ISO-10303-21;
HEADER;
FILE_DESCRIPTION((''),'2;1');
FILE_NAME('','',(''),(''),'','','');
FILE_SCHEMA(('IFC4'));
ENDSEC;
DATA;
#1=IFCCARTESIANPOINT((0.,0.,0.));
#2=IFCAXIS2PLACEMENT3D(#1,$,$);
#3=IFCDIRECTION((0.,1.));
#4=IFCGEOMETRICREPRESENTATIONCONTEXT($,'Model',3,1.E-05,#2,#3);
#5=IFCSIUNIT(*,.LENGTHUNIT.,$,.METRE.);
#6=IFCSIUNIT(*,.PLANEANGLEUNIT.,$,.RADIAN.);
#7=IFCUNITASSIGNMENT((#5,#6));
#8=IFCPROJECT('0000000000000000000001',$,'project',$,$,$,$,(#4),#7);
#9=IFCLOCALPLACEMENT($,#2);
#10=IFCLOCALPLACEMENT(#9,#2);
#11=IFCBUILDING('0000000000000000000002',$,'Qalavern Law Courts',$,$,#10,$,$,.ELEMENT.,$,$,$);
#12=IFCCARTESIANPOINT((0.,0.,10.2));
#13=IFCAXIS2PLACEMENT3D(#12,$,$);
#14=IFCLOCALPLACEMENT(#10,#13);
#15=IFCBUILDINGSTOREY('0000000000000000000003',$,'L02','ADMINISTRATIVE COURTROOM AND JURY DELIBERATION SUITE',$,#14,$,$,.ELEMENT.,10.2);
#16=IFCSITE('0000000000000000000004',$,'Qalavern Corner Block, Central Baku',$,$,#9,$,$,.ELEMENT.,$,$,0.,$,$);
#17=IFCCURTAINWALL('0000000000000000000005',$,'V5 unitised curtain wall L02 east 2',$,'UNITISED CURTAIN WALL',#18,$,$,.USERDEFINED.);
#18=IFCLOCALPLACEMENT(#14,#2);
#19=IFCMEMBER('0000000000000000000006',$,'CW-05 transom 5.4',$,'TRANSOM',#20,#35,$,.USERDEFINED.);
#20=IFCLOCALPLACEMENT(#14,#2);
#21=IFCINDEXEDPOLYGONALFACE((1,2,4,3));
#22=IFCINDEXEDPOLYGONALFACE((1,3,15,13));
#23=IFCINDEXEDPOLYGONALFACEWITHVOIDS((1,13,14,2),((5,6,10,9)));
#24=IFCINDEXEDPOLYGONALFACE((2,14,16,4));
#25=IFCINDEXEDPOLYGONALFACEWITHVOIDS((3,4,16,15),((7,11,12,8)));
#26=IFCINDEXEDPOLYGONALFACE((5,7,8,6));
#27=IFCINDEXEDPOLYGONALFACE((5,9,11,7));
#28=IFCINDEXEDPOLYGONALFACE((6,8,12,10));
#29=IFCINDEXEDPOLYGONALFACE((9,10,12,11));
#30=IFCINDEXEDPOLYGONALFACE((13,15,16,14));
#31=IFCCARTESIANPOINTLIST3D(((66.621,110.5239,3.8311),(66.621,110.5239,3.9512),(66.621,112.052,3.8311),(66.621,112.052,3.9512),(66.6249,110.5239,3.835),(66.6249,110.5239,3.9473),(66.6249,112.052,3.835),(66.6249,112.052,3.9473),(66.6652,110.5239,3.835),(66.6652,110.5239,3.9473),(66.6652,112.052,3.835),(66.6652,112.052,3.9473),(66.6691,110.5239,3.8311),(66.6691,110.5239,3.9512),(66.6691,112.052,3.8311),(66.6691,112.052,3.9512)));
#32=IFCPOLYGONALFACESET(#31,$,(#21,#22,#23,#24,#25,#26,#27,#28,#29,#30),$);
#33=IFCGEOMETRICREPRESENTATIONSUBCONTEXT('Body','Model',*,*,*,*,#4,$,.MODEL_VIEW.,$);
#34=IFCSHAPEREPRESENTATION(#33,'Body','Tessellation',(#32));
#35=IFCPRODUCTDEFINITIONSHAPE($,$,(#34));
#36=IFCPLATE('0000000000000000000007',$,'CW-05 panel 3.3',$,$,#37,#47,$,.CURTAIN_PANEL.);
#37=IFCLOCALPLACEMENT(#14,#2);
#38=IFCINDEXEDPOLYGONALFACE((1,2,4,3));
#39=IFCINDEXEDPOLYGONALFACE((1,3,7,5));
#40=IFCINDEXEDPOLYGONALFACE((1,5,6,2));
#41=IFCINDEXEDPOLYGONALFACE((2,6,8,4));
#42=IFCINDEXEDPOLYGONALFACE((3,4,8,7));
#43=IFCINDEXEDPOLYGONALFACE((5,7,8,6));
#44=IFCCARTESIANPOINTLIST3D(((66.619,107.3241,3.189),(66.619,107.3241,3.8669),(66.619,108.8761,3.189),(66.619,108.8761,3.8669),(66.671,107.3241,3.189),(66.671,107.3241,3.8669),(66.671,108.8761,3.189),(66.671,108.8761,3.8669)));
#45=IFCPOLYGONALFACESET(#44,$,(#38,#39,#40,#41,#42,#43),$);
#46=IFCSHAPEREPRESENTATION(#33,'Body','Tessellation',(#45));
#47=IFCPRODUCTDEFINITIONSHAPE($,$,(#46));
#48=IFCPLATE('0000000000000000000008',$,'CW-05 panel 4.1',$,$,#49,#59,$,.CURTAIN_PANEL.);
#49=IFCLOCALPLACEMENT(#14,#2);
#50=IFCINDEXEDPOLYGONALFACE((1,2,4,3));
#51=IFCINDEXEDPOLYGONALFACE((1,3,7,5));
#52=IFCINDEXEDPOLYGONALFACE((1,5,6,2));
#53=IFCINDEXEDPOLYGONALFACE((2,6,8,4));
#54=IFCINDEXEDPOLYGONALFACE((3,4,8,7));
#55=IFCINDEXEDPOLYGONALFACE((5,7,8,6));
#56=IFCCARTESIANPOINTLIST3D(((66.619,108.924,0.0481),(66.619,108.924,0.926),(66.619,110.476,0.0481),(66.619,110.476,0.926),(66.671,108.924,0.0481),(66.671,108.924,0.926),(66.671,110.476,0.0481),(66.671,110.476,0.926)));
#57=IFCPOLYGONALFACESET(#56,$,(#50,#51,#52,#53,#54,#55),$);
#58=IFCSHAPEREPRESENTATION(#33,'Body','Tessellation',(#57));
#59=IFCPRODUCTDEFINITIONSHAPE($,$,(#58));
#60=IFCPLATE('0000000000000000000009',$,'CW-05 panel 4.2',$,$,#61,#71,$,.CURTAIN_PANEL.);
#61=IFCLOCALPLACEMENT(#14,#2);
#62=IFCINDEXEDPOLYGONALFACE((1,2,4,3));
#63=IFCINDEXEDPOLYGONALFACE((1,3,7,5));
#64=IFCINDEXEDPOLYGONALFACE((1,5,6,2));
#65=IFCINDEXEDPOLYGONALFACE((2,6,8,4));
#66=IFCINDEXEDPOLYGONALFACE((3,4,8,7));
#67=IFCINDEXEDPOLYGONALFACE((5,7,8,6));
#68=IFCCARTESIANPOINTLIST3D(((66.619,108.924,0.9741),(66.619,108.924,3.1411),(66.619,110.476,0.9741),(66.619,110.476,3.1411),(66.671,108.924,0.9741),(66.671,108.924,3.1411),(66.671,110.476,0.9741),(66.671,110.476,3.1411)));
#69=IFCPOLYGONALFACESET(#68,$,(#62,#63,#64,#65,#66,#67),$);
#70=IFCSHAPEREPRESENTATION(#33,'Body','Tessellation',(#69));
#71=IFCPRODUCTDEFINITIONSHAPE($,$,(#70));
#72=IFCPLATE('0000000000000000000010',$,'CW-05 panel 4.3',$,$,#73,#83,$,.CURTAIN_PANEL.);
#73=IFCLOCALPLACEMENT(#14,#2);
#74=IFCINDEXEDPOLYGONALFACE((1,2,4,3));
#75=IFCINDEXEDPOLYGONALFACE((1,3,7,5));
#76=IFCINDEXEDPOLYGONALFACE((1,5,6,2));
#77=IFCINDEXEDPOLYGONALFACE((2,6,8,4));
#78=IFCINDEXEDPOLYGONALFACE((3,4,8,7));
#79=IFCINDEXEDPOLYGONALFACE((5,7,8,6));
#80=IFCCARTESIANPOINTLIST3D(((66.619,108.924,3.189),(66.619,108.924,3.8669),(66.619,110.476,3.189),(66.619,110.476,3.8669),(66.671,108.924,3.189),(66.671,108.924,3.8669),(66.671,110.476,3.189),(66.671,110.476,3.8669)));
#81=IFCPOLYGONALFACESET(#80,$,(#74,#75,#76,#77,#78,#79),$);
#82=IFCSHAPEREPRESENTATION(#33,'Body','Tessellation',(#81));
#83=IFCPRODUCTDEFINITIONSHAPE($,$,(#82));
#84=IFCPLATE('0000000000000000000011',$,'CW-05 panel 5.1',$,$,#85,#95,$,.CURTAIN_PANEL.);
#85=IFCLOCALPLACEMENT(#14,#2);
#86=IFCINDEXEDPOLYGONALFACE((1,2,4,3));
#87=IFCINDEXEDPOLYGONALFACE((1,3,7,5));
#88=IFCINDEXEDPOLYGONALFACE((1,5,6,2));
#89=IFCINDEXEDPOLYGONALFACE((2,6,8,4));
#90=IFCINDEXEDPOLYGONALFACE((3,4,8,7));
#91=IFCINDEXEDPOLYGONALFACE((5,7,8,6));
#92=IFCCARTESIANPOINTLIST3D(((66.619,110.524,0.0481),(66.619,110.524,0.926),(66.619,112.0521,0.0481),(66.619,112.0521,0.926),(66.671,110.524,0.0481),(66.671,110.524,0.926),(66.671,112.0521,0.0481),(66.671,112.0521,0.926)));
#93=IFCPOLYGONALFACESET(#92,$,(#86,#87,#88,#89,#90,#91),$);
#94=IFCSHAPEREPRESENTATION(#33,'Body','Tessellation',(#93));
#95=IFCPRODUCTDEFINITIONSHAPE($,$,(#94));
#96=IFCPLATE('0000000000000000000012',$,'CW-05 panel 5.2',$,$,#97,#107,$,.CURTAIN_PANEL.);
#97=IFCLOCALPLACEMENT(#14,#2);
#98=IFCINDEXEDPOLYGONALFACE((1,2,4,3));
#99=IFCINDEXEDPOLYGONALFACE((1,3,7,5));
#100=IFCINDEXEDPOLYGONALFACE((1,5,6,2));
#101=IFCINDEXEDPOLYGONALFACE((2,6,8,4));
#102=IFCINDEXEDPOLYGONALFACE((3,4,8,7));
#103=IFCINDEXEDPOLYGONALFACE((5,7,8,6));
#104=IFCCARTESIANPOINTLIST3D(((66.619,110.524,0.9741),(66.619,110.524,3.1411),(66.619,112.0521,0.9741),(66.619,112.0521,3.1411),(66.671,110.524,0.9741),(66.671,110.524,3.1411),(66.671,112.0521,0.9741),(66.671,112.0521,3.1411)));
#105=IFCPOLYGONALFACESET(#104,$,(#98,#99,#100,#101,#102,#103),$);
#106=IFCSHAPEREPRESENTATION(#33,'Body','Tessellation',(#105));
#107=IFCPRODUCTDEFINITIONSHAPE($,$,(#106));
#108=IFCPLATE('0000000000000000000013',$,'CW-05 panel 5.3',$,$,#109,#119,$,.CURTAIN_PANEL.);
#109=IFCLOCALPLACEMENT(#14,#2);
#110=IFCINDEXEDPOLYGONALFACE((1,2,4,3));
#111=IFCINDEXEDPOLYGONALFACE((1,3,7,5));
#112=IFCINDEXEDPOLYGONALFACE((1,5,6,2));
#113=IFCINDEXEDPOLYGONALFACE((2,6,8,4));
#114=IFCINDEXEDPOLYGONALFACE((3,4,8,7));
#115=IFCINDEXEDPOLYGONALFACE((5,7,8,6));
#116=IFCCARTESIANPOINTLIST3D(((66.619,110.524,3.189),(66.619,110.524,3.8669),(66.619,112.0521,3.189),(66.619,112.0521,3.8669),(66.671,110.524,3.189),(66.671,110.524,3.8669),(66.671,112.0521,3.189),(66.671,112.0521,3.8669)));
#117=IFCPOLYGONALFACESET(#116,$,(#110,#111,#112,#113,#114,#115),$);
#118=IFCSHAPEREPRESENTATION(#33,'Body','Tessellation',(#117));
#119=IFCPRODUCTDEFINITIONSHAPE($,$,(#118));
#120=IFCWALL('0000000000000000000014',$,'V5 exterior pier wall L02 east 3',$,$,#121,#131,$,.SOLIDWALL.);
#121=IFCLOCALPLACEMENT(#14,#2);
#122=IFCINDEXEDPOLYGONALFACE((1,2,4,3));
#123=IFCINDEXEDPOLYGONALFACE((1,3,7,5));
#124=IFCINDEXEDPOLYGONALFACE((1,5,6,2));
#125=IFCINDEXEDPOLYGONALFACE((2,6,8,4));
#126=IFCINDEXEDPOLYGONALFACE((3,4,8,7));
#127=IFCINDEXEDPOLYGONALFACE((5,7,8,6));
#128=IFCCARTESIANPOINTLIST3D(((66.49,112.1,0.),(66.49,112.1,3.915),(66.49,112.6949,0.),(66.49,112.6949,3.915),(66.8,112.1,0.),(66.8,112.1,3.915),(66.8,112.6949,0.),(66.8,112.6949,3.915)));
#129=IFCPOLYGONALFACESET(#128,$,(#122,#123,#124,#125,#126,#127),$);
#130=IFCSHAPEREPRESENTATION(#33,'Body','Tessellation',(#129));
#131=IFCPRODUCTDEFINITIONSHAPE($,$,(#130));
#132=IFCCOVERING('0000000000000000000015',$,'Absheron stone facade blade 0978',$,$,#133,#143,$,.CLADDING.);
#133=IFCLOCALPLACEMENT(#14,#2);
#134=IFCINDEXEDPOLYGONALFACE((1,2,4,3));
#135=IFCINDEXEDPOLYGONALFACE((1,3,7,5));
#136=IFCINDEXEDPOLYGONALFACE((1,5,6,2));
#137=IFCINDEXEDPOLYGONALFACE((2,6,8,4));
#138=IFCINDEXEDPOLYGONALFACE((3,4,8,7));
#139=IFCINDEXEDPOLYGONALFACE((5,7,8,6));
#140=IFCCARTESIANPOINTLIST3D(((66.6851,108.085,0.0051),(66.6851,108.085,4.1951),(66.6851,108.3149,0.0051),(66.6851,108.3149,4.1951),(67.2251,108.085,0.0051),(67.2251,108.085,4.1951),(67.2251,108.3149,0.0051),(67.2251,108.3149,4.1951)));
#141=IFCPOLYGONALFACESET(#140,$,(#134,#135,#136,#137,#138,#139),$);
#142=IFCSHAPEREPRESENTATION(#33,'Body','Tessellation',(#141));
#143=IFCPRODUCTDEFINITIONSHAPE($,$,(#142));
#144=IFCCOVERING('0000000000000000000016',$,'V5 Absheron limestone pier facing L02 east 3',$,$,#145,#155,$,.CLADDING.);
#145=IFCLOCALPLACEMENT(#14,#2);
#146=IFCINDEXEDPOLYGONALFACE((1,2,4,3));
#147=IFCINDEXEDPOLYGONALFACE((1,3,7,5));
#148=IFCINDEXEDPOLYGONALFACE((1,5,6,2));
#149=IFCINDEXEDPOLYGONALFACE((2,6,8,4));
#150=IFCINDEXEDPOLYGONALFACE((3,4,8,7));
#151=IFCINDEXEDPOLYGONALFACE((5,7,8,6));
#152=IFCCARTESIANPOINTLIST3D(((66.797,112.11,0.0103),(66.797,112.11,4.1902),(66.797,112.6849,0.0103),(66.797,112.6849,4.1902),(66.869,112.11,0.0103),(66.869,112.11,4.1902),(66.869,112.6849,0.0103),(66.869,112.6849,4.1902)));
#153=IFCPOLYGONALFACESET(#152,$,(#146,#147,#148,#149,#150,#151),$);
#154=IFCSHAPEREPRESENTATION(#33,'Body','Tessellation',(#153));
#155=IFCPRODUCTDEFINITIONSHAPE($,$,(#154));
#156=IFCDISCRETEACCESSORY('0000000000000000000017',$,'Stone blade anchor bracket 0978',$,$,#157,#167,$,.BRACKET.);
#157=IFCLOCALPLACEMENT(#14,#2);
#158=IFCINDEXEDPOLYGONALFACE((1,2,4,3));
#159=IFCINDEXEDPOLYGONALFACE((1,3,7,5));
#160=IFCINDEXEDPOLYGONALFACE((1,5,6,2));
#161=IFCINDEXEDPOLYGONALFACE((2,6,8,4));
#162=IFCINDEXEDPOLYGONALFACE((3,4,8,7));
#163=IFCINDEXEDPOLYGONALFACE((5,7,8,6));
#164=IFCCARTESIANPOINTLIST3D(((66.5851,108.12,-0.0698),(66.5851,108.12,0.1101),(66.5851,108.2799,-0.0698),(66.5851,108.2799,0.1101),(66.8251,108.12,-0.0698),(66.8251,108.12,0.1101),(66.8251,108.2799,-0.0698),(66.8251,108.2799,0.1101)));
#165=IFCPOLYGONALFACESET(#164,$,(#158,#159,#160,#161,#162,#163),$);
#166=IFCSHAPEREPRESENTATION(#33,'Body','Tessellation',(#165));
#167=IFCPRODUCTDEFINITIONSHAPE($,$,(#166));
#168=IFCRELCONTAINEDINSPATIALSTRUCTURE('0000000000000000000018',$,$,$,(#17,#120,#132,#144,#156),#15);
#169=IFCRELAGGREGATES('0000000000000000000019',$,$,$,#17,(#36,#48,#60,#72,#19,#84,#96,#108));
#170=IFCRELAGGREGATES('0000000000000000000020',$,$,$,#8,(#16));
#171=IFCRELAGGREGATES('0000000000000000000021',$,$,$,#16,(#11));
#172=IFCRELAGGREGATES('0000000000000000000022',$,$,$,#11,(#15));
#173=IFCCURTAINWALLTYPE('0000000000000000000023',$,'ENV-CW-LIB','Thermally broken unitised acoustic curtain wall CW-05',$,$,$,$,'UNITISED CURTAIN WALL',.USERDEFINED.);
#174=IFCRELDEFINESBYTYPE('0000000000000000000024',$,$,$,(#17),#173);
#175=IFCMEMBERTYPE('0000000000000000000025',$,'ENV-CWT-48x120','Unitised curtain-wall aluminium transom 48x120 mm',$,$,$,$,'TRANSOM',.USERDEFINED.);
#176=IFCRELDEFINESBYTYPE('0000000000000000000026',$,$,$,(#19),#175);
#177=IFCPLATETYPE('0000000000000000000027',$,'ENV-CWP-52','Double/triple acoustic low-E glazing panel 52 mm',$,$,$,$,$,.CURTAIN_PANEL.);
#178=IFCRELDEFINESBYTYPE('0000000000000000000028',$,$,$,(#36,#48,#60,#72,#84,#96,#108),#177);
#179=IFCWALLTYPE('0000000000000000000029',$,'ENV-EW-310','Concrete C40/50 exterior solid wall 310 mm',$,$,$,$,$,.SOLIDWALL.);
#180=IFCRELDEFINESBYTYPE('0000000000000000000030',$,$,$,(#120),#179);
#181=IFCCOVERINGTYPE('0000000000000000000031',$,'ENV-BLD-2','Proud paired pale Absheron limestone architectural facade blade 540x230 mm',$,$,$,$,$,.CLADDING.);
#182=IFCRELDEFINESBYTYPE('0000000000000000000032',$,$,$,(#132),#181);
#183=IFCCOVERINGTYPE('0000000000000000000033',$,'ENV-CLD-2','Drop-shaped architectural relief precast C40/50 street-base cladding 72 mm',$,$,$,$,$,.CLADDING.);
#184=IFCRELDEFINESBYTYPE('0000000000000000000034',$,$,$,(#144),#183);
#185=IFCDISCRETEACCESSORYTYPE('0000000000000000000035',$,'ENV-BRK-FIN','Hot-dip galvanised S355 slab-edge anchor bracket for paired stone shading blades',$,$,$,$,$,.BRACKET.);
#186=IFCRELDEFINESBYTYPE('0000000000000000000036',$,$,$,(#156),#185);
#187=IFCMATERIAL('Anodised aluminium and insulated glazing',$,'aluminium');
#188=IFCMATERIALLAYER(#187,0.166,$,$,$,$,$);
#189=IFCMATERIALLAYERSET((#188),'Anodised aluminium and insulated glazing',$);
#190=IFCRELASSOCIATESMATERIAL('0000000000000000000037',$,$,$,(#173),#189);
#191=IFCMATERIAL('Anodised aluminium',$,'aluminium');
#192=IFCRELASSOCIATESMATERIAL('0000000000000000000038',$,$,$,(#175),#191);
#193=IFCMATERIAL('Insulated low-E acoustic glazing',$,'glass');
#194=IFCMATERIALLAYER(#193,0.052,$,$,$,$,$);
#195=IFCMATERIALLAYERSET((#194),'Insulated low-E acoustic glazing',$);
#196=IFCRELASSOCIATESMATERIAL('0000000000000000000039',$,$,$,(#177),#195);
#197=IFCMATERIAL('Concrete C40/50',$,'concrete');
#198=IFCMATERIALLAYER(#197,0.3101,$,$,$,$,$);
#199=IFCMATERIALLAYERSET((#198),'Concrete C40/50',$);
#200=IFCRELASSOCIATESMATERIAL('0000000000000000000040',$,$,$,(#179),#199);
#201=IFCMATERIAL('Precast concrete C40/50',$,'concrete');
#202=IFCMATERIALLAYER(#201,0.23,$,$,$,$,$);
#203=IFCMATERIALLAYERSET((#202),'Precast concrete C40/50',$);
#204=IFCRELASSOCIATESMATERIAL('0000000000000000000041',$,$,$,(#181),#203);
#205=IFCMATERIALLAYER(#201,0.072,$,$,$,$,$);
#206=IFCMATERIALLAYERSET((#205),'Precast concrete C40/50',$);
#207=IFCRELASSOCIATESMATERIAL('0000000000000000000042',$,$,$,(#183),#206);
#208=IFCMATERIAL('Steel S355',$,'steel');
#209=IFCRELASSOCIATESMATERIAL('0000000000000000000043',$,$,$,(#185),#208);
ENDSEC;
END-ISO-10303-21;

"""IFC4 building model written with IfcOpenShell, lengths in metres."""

from ifc_helpers import new_model, si_unit, direction, frame, frame_2d, origin, origin_2d, place, context, subcontext, project, spatial, rectangle, hollow_rectangle, extrude, material, layer, layer_set, material_profile, profile_set, type_object, element, aggregate, save


model = new_model("IFC4")

# Units and contexts
model_context = context("Model", 3, precision=1e-05, world=origin(), true_north=direction((0.0, 1.0)))
body_context = subcontext(model_context, "Body", "Model", "MODEL_VIEW")
ifc_project = project(units=[si_unit("LENGTHUNIT", "METRE"), si_unit("PLANEANGLEUNIT", "RADIAN")], contexts=[model_context])

# Site, building, storey
site_placement = place(None, origin())
site = spatial("IfcSite", under=ifc_project, at=site_placement, Name="Qalavern Corner Block, Central Baku", CompositionType="ELEMENT", RefElevation=0.0)
building_placement = place(site_placement, origin())
building = spatial("IfcBuilding", under=site, at=building_placement, Name="Qalavern Law Courts", CompositionType="ELEMENT")
storey_placement = place(building_placement, frame((0.0, 0.0, 10.2)))
storey = spatial("IfcBuildingStorey", under=building, at=storey_placement, Name="L02", Description="ADMINISTRATIVE COURTROOM AND JURY DELIBERATION SUITE", CompositionType="ELEMENT", Elevation=10.2)

# Curtain wall, member, plates
ifc_material_1 = material(Name="Anodised aluminium and insulated glazing", Category="aluminium")
ifc_layer_1 = layer(ifc_material_1, 0.166)
ifc_layer_set_1 = layer_set([ifc_layer_1], Name="Anodised aluminium and insulated glazing")
curtain_wall_type = type_object("IfcCurtainWallType", Name="ENV-CW-LIB", Description="Thermally broken unitised acoustic curtain wall CW-05", ElementType="UNITISED CURTAIN WALL", PredefinedType="USERDEFINED", material=ifc_layer_set_1)
curtain_wall_placement = place(storey_placement, origin())
curtain_wall = element("IfcCurtainWall", 1, at=curtain_wall_placement, inside=storey, type_object=curtain_wall_type, Name="V5 unitised curtain wall L02 east 2", ObjectType="UNITISED CURTAIN WALL", PredefinedType="USERDEFINED")
ifc_material_2 = material(Name="Anodised aluminium", Category="aluminium")
ifc_material_profile_1 = material_profile(ifc_material_2, hollow_rectangle(XDim=0.0481, YDim=0.1201, WallThickness=0.0039, at=origin_2d()), Name="ALU TRANSOM 48x120")
ifc_profile_set_1 = profile_set([ifc_material_profile_1], Name="Anodised aluminium")
member_type_1 = type_object("IfcMemberType", Name="ENV-CWT-48x120", Description="Unitised curtain-wall aluminium transom 48x120 mm", ElementType="TRANSOM", PredefinedType="USERDEFINED", material=ifc_profile_set_1)
member_1_placement = place(storey_placement, frame((66.645, 110.5239, 3.8911), z_axis=(0.0, 1.0, 0.0), x_axis=(-1.0, 0.0, 0.0)))
member_1 = element("IfcMember", 2, at=member_1_placement, type_object=member_type_1, Name="CW-05 transom 5.4", ObjectType="TRANSOM", PredefinedType="USERDEFINED", context=body_context, shape_type="SweptSolid", body=[
    extrude(hollow_rectangle(XDim=0.0481, YDim=0.1201, WallThickness=0.0039, at=origin_2d()), origin(), (0.0, 0.0, 1.0), 1.5281),
])
ifc_material_3 = material(Name="Insulated low-E acoustic glazing", Category="glass")
ifc_layer_2 = layer(ifc_material_3, 0.052)
ifc_layer_set_2 = layer_set([ifc_layer_2], Name="Insulated low-E acoustic glazing")
plate_type = type_object("IfcPlateType", Name="ENV-CWP-52", Description="Double/triple acoustic low-E glazing panel 52 mm", PredefinedType="CURTAIN_PANEL", material=ifc_layer_set_2)
plate_1_placement = place(storey_placement, frame((66.645, 108.1001, 3.189), z_axis=(0.0, 0.0, 1.0), x_axis=(0.0, 1.0, 0.0)))
plate_1 = element("IfcPlate", 3, at=plate_1_placement, type_object=plate_type, Name="CW-05 panel 3.3", PredefinedType="CURTAIN_PANEL", context=body_context, shape_type="SweptSolid", body=[
    extrude(rectangle(XDim=1.552, YDim=0.052, at=origin_2d()), origin(), (0.0, 0.0, 1.0), 0.678),
])
plate_2_placement = place(storey_placement, frame((66.645, 109.7, 0.0481), z_axis=(0.0, 0.0, 1.0), x_axis=(0.0, 1.0, 0.0)))
plate_2 = element("IfcPlate", 4, at=plate_2_placement, type_object=plate_type, Name="CW-05 panel 4.1", PredefinedType="CURTAIN_PANEL", context=body_context, shape_type="SweptSolid", body=[
    extrude(rectangle(XDim=1.552, YDim=0.052, at=origin_2d()), origin(), (0.0, 0.0, 1.0), 0.8779),
])
plate_3_placement = place(storey_placement, frame((66.645, 109.7, 0.9741), z_axis=(0.0, 0.0, 1.0), x_axis=(0.0, 1.0, 0.0)))
plate_3 = element("IfcPlate", 5, at=plate_3_placement, type_object=plate_type, Name="CW-05 panel 4.2", PredefinedType="CURTAIN_PANEL", context=body_context, shape_type="SweptSolid", body=[
    extrude(rectangle(XDim=1.552, YDim=0.052, at=origin_2d()), origin(), (0.0, 0.0, 1.0), 2.167),
])
plate_4_placement = place(storey_placement, frame((66.645, 109.7, 3.189), z_axis=(0.0, 0.0, 1.0), x_axis=(0.0, 1.0, 0.0)))
plate_4 = element("IfcPlate", 6, at=plate_4_placement, type_object=plate_type, Name="CW-05 panel 4.3", PredefinedType="CURTAIN_PANEL", context=body_context, shape_type="SweptSolid", body=[
    extrude(rectangle(XDim=1.552, YDim=0.052, at=origin_2d()), origin(), (0.0, 0.0, 1.0), 0.678),
])
plate_5_placement = place(storey_placement, frame((66.645, 111.2881, 0.0481), z_axis=(0.0, 0.0, 1.0), x_axis=(0.0, 1.0, 0.0)))
plate_5 = element("IfcPlate", 7, at=plate_5_placement, type_object=plate_type, Name="CW-05 panel 5.1", PredefinedType="CURTAIN_PANEL", context=body_context, shape_type="SweptSolid", body=[
    extrude(rectangle(XDim=1.5281, YDim=0.052, at=origin_2d()), origin(), (0.0, 0.0, 1.0), 0.8779),
])
plate_6_placement = place(storey_placement, frame((66.645, 111.2881, 0.9741), z_axis=(0.0, 0.0, 1.0), x_axis=(0.0, 1.0, 0.0)))
plate_6 = element("IfcPlate", 8, at=plate_6_placement, type_object=plate_type, Name="CW-05 panel 5.2", PredefinedType="CURTAIN_PANEL", context=body_context, shape_type="SweptSolid", body=[
    extrude(rectangle(XDim=1.5281, YDim=0.052, at=origin_2d()), origin(), (0.0, 0.0, 1.0), 2.167),
])
plate_7_placement = place(storey_placement, frame((66.645, 111.2881, 3.189), z_axis=(0.0, 0.0, 1.0), x_axis=(0.0, 1.0, 0.0)))
plate_7 = element("IfcPlate", 9, at=plate_7_placement, type_object=plate_type, Name="CW-05 panel 5.3", PredefinedType="CURTAIN_PANEL", context=body_context, shape_type="SweptSolid", body=[
    extrude(rectangle(XDim=1.5281, YDim=0.052, at=origin_2d()), origin(), (0.0, 0.0, 1.0), 0.678),
])
aggregate(curtain_wall, [plate_1, plate_2, plate_3, plate_4, member_1, plate_5, plate_6, plate_7])

# Wall
ifc_material_4 = material(Name="Concrete C40/50", Category="concrete")
ifc_layer_3 = layer(ifc_material_4, 0.3101)
ifc_layer_set_3 = layer_set([ifc_layer_3], Name="Concrete C40/50")
wall_type = type_object("IfcWallType", Name="ENV-EW-310", Description="Concrete C40/50 exterior solid wall 310 mm", PredefinedType="SOLIDWALL", material=ifc_layer_set_3)
wall_placement = place(storey_placement, frame((66.645, 112.1001, 0.0), z_axis=(0.0, 0.0, 1.0), x_axis=(0.0, 1.0, 0.0)))
element("IfcWall", 10, at=wall_placement, inside=storey, type_object=wall_type, Name="V5 exterior pier wall L02 east 3", PredefinedType="SOLIDWALL", context=body_context, shape_type="SweptSolid", body=[
    extrude(rectangle(XDim=0.595, YDim=0.3101, at=frame_2d((0.2974, 0.0))), origin(), (0.0, 0.0, 1.0), 3.915),
])

# Coverings
ifc_material_5 = material(Name="Precast concrete C40/50", Category="concrete")
ifc_layer_4 = layer(ifc_material_5, 0.23)
ifc_layer_set_4 = layer_set([ifc_layer_4], Name="Precast concrete C40/50")
covering_type_1 = type_object("IfcCoveringType", Name="ENV-BLD-2", Description="Proud paired pale Absheron limestone architectural facade blade 540x230 mm", PredefinedType="CLADDING", material=ifc_layer_set_4)
covering_1_placement = place(storey_placement, frame((66.9551, 108.2, 0.0051), z_axis=(0.0, 0.0, 1.0), x_axis=(1.0, 0.0, 0.0)))
element("IfcCovering", 11, at=covering_1_placement, inside=storey, type_object=covering_type_1, Name="Absheron stone facade blade 0978", PredefinedType="CLADDING", context=body_context, shape_type="SweptSolid", body=[
    extrude(rectangle(XDim=0.54, YDim=0.23, at=origin_2d()), origin(), (0.0, 0.0, 1.0), 4.1899),
])
ifc_layer_5 = layer(ifc_material_5, 0.072)
ifc_layer_set_5 = layer_set([ifc_layer_5], Name="Precast concrete C40/50")
covering_type_2 = type_object("IfcCoveringType", Name="ENV-CLD-2", Description="Drop-shaped architectural relief precast C40/50 street-base cladding 72 mm", PredefinedType="CLADDING", material=ifc_layer_set_5)
covering_2_placement = place(storey_placement, frame((66.833, 112.3975, 0.0103), z_axis=(0.0, 0.0, 1.0), x_axis=(0.0, 1.0, 0.0)))
element("IfcCovering", 12, at=covering_2_placement, inside=storey, type_object=covering_type_2, Name="V5 Absheron limestone pier facing L02 east 3", PredefinedType="CLADDING", context=body_context, shape_type="SweptSolid", body=[
    extrude(rectangle(XDim=0.575, YDim=0.072, at=origin_2d()), origin(), (0.0, 0.0, 1.0), 4.1799),
])

# Discrete accessory
ifc_material_6 = material(Name="Steel S355", Category="steel")
discrete_accessory_type = type_object("IfcDiscreteAccessoryType", Name="ENV-BRK-FIN", Description="Hot-dip galvanised S355 slab-edge anchor bracket for paired stone shading blades", PredefinedType="BRACKET", material=ifc_material_6)
discrete_accessory_placement = place(storey_placement, frame((66.7051, 108.2, -0.0698), z_axis=(0.0, 0.0, 1.0), x_axis=(1.0, 0.0, 0.0)))
element("IfcDiscreteAccessory", 13, at=discrete_accessory_placement, inside=storey, type_object=discrete_accessory_type, Name="Stone blade anchor bracket 0978", PredefinedType="BRACKET", context=body_context, shape_type="SweptSolid", body=[
    extrude(rectangle(XDim=0.24, YDim=0.1599, at=origin_2d()), origin(), (0.0, 0.0, 1.0), 0.1799),
])

save(model, "model.ifc")
